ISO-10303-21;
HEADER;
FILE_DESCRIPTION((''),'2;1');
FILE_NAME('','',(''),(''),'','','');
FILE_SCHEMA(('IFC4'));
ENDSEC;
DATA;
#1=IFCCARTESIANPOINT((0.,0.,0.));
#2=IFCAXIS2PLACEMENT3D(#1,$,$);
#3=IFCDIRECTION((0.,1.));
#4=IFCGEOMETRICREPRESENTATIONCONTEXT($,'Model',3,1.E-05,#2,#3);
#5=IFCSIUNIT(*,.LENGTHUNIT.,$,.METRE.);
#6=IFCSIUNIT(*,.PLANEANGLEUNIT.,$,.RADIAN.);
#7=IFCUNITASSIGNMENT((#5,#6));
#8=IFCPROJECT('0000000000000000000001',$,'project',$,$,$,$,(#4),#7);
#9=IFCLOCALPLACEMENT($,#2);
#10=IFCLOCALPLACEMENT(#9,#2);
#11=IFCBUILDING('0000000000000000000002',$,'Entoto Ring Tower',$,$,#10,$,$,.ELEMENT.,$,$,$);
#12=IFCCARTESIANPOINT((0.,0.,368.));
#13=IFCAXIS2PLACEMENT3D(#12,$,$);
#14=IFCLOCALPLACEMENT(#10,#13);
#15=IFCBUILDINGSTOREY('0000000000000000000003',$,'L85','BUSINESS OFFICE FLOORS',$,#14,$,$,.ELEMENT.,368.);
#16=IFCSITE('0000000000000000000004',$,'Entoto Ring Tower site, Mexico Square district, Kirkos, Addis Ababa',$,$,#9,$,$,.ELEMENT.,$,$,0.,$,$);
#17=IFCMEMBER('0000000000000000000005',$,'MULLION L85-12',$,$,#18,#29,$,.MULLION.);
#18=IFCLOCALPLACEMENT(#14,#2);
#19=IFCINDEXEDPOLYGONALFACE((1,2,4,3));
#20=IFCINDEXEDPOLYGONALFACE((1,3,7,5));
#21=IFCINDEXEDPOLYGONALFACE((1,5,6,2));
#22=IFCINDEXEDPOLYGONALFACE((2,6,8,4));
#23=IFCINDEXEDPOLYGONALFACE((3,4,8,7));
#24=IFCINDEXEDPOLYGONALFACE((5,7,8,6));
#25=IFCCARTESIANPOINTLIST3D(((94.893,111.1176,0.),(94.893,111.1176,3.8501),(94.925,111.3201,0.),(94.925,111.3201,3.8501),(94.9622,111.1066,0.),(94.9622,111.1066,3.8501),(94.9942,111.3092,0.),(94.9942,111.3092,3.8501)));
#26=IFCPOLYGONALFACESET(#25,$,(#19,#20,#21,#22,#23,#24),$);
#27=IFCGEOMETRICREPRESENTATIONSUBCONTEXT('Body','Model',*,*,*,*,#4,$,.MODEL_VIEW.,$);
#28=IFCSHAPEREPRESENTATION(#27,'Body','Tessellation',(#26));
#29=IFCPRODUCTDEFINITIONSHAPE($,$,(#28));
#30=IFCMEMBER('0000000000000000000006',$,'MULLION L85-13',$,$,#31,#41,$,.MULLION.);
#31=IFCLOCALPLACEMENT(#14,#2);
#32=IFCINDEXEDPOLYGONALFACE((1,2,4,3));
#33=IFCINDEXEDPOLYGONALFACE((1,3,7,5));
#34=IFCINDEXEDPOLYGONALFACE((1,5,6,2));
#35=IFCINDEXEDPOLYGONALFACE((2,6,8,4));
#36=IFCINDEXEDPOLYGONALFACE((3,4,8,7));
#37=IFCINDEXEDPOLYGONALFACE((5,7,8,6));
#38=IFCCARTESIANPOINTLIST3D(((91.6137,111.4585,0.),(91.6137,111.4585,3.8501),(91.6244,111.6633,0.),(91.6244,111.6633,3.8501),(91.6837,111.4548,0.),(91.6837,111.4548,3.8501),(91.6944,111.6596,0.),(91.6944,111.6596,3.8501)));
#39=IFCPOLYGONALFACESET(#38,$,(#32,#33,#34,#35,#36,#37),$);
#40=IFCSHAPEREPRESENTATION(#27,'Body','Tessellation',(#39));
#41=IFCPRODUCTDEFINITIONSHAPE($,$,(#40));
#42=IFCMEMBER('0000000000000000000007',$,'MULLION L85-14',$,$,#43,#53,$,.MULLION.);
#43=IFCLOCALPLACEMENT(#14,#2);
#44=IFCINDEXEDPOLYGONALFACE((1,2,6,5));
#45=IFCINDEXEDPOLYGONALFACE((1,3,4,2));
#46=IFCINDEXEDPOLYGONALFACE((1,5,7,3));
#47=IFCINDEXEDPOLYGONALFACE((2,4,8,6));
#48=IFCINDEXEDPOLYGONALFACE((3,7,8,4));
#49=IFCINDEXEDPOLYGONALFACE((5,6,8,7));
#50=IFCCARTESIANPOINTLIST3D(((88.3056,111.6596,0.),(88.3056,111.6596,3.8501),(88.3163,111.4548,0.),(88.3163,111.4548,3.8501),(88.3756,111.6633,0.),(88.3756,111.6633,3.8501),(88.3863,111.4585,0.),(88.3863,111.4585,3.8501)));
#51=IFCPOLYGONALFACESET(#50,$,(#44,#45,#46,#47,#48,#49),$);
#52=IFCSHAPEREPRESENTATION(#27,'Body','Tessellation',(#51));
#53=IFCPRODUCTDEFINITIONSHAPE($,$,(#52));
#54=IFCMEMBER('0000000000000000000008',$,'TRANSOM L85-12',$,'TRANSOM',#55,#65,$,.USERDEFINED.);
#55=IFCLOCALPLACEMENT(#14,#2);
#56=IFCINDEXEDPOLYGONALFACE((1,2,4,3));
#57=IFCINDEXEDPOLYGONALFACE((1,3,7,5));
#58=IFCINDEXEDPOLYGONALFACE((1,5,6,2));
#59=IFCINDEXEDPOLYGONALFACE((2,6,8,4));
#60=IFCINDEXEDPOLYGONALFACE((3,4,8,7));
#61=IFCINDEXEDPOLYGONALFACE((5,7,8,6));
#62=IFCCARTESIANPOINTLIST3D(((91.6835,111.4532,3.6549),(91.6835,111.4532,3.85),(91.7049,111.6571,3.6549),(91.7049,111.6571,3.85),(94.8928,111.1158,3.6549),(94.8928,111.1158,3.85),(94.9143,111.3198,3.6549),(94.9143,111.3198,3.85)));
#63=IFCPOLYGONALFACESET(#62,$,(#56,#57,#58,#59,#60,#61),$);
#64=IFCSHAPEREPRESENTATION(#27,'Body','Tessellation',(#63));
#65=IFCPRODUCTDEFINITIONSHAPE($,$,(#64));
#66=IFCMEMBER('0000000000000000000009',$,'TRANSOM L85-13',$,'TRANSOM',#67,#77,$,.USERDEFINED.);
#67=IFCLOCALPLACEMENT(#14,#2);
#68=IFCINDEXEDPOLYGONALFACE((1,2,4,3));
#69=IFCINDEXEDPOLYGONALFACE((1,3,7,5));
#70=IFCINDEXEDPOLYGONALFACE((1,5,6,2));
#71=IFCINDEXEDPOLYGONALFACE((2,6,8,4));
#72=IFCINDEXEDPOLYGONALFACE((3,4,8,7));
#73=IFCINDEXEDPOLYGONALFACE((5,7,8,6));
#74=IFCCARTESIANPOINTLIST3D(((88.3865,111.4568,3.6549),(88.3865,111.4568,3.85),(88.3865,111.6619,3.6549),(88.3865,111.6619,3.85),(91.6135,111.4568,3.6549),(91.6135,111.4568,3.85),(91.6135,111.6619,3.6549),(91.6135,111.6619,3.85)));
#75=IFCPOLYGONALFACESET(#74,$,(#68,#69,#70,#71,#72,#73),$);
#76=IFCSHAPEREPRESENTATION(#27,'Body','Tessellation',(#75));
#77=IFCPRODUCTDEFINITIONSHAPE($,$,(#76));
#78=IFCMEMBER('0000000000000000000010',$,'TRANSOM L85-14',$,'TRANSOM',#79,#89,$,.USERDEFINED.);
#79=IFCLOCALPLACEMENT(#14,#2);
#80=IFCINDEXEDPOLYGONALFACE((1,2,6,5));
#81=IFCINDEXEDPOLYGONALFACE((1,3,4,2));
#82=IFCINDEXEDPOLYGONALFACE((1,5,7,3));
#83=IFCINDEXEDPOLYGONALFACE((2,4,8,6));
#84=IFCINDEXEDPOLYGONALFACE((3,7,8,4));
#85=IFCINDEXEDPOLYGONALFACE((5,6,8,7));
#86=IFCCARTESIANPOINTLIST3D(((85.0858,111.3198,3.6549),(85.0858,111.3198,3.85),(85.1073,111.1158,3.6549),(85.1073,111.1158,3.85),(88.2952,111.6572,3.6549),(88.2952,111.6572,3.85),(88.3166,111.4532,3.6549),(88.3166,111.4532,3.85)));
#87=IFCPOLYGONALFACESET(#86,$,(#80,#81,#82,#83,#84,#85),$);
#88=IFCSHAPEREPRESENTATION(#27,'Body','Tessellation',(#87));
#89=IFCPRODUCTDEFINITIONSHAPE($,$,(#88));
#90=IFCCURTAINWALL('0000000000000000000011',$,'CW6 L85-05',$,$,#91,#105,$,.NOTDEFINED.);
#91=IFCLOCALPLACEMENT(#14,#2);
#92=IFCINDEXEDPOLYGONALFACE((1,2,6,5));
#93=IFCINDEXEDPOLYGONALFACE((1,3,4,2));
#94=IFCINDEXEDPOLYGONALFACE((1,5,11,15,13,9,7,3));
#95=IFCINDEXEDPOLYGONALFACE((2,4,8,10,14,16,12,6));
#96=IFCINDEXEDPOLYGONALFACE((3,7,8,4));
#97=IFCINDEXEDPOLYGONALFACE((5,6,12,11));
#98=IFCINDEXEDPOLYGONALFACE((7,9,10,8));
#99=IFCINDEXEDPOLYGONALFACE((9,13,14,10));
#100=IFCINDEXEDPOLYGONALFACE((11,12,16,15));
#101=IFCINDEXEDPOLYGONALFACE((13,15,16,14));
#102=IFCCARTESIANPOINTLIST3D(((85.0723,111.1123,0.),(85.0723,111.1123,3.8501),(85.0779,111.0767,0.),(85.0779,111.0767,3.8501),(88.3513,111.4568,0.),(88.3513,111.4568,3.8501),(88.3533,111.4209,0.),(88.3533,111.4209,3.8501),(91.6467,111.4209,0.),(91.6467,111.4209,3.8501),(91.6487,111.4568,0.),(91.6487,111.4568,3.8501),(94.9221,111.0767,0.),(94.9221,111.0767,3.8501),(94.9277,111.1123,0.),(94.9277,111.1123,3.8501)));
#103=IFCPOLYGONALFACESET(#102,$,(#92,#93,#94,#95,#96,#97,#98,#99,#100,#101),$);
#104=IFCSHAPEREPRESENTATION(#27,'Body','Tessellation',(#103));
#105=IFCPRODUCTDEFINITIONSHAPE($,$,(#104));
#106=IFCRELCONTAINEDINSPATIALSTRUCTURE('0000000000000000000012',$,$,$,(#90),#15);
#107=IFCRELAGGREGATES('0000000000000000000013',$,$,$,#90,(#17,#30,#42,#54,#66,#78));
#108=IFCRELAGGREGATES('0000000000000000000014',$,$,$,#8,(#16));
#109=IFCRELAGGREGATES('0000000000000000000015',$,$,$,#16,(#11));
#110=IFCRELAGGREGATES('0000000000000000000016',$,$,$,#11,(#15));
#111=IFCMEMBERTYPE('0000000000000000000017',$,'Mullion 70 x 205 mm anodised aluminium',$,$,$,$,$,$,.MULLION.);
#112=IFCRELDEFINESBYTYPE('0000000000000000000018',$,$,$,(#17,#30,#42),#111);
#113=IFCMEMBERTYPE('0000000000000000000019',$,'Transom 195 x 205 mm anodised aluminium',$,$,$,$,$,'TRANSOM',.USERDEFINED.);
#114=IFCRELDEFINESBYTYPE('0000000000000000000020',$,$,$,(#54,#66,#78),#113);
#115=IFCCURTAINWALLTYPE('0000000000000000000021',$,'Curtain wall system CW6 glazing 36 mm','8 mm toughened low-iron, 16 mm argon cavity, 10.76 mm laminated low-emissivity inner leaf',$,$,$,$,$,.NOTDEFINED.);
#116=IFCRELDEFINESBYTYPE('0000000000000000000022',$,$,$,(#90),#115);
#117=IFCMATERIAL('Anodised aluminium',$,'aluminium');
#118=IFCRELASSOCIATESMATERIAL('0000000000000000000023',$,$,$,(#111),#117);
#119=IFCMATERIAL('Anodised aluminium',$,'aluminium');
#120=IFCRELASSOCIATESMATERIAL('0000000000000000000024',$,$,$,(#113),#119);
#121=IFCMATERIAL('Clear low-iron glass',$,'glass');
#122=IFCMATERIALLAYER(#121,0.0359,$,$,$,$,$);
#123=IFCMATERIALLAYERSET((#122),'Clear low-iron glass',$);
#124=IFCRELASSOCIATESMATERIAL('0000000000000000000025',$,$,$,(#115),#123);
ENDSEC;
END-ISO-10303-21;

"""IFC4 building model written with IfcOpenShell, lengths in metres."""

from ifc_helpers import new_model, si_unit, direction, frame, origin, origin_2d, place, context, subcontext, project, spatial, polyline, rectangle, outline, extrude, material, layer, layer_set, material_profile, profile_set, type_object, element, aggregate, save


model = new_model("IFC4")

# Units and contexts
model_context = context("Model", 3, precision=1e-05, world=origin(), true_north=direction((0.0, 1.0)))
body_context = subcontext(model_context, "Body", "Model", "MODEL_VIEW")
ifc_project = project(units=[si_unit("LENGTHUNIT", "METRE"), si_unit("PLANEANGLEUNIT", "RADIAN")], contexts=[model_context])

# Members
ifc_material_1 = material(Name="Anodised aluminium", Category="aluminium")
ifc_material_profile_1 = material_profile(ifc_material_1, rectangle(XDim=0.0701, YDim=0.2051, at=origin_2d()), Name="Mullion 70 x 205 mm anodised aluminium")
ifc_profile_set_1 = profile_set([ifc_material_profile_1], Name="Anodised aluminium")
member_type_1 = type_object("IfcMemberType", Name="Mullion 70 x 205 mm anodised aluminium", PredefinedType="MULLION", material=ifc_profile_set_1)
site_placement = place(None, origin())
building_placement = place(site_placement, origin())
storey_placement = place(building_placement, frame((0.0, 0.0, 368.0)))
member_1_placement = place(storey_placement, frame((94.9436, 111.2134, 0.0), z_axis=(0.0, 0.0, 1.0), x_axis=(-0.987688, 0.156434, 0.0)))
member_1 = element("IfcMember", 1, at=member_1_placement, type_object=member_type_1, Name="MULLION L85-12", PredefinedType="MULLION", context=body_context, shape_type="SweptSolid", body=[
    extrude(rectangle(XDim=0.0701, YDim=0.2051, at=origin_2d()), origin(), (0.0, 0.0, 1.0), 3.8501),
])
member_2_placement = place(storey_placement, frame((91.6541, 111.5591, 0.0), z_axis=(0.0, 0.0, 1.0), x_axis=(-0.99863, 0.052336, 0.0)))
member_2 = element("IfcMember", 2, at=member_2_placement, type_object=member_type_1, Name="MULLION L85-13", PredefinedType="MULLION", context=body_context, shape_type="SweptSolid", body=[
    extrude(rectangle(XDim=0.0701, YDim=0.2051, at=origin_2d()), origin(), (0.0, 0.0, 1.0), 3.8501),
])
member_3_placement = place(storey_placement, frame((88.3459, 111.5591, 0.0), z_axis=(0.0, 0.0, 1.0), x_axis=(-0.99863, -0.052336, 0.0)))
member_3 = element("IfcMember", 3, at=member_3_placement, type_object=member_type_1, Name="MULLION L85-14", PredefinedType="MULLION", context=body_context, shape_type="SweptSolid", body=[
    extrude(rectangle(XDim=0.0701, YDim=0.2051, at=origin_2d()), origin(), (0.0, 0.0, 1.0), 3.8501),
])
ifc_material_2 = material(Name="Anodised aluminium", Category="aluminium")
ifc_material_profile_2 = material_profile(ifc_material_2, rectangle(XDim=0.2051, YDim=0.1951, at=origin_2d()), Name="Transom 195 x 205 mm anodised aluminium")
ifc_profile_set_2 = profile_set([ifc_material_profile_2], Name="Anodised aluminium")
member_type_2 = type_object("IfcMemberType", Name="Transom 195 x 205 mm anodised aluminium", ElementType="TRANSOM", PredefinedType="USERDEFINED", material=ifc_profile_set_2)
member_4_placement = place(storey_placement, frame((94.9036, 111.2178, 3.7524), z_axis=(-0.99452, 0.104551, 0.0), x_axis=(-0.104551, -0.99452, 0.0)))
member_4 = element("IfcMember", 4, at=member_4_placement, type_object=member_type_2, Name="TRANSOM L85-12", ObjectType="TRANSOM", PredefinedType="USERDEFINED", context=body_context, shape_type="SweptSolid", body=[
    extrude(rectangle(XDim=0.2051, YDim=0.1951, at=origin_2d()), origin(), (0.0, 0.0, 1.0), 3.2271),
])
member_5_placement = place(storey_placement, frame((91.6135, 111.5593, 3.7524), z_axis=(-1.0, 0.0, 0.0), x_axis=(0.0, -1.0, 0.0)))
member_5 = element("IfcMember", 5, at=member_5_placement, type_object=member_type_2, Name="TRANSOM L85-13", ObjectType="TRANSOM", PredefinedType="USERDEFINED", context=body_context, shape_type="SweptSolid", body=[
    extrude(rectangle(XDim=0.2051, YDim=0.1951, at=origin_2d()), origin(), (0.0, 0.0, 1.0), 3.2271),
])
member_6_placement = place(storey_placement, frame((88.3059, 111.5552, 3.7524), z_axis=(-0.99452, -0.104551, 0.0), x_axis=(0.104551, -0.99452, 0.0)))
member_6 = element("IfcMember", 6, at=member_6_placement, type_object=member_type_2, Name="TRANSOM L85-14", ObjectType="TRANSOM", PredefinedType="USERDEFINED", context=body_context, shape_type="SweptSolid", body=[
    extrude(rectangle(XDim=0.2051, YDim=0.1951, at=origin_2d()), origin(), (0.0, 0.0, 1.0), 3.2271),
])

# Site, building, storey
site = spatial("IfcSite", under=ifc_project, at=site_placement, Name="Entoto Ring Tower site, Mexico Square district, Kirkos, Addis Ababa", CompositionType="ELEMENT", RefElevation=0.0)
building = spatial("IfcBuilding", under=site, at=building_placement, Name="Entoto Ring Tower", CompositionType="ELEMENT")
storey = spatial("IfcBuildingStorey", under=building, at=storey_placement, Name="L85", Description="BUSINESS OFFICE FLOORS", CompositionType="ELEMENT", Elevation=368.0)

# Curtain wall
ifc_material_3 = material(Name="Clear low-iron glass", Category="glass")
ifc_layer = layer(ifc_material_3, 0.0359)
ifc_layer_set = layer_set([ifc_layer], Name="Clear low-iron glass")
curtain_wall_type = type_object("IfcCurtainWallType", Name="Curtain wall system CW6 glazing 36 mm", Description="8 mm toughened low-iron, 16 mm argon cavity, 10.76 mm laminated low-emissivity inner leaf", PredefinedType="NOTDEFINED", material=ifc_layer_set)
curtain_wall_1_placement = place(storey_placement, origin())
curtain_wall_1 = element("IfcCurtainWall", 7, at=curtain_wall_1_placement, inside=storey, type_object=curtain_wall_type, Name="CW6 L85-05", PredefinedType="NOTDEFINED", context=body_context, shape_type="SweptSolid", body=[
    extrude(outline(polyline([(94.9277, 111.1123), (91.6487, 111.4568), (88.3513, 111.4568), (85.0723, 111.1123), (85.0779, 111.0767), (88.3533, 111.4209), (91.6467, 111.4209), (94.9221, 111.0767), (94.9277, 111.1123)])), origin(), (0.0, 0.0, 1.0), 3.8501),
])
aggregate(curtain_wall_1, [member_1, member_2, member_3, member_4, member_5, member_6])

save(model, "model.ifc")
